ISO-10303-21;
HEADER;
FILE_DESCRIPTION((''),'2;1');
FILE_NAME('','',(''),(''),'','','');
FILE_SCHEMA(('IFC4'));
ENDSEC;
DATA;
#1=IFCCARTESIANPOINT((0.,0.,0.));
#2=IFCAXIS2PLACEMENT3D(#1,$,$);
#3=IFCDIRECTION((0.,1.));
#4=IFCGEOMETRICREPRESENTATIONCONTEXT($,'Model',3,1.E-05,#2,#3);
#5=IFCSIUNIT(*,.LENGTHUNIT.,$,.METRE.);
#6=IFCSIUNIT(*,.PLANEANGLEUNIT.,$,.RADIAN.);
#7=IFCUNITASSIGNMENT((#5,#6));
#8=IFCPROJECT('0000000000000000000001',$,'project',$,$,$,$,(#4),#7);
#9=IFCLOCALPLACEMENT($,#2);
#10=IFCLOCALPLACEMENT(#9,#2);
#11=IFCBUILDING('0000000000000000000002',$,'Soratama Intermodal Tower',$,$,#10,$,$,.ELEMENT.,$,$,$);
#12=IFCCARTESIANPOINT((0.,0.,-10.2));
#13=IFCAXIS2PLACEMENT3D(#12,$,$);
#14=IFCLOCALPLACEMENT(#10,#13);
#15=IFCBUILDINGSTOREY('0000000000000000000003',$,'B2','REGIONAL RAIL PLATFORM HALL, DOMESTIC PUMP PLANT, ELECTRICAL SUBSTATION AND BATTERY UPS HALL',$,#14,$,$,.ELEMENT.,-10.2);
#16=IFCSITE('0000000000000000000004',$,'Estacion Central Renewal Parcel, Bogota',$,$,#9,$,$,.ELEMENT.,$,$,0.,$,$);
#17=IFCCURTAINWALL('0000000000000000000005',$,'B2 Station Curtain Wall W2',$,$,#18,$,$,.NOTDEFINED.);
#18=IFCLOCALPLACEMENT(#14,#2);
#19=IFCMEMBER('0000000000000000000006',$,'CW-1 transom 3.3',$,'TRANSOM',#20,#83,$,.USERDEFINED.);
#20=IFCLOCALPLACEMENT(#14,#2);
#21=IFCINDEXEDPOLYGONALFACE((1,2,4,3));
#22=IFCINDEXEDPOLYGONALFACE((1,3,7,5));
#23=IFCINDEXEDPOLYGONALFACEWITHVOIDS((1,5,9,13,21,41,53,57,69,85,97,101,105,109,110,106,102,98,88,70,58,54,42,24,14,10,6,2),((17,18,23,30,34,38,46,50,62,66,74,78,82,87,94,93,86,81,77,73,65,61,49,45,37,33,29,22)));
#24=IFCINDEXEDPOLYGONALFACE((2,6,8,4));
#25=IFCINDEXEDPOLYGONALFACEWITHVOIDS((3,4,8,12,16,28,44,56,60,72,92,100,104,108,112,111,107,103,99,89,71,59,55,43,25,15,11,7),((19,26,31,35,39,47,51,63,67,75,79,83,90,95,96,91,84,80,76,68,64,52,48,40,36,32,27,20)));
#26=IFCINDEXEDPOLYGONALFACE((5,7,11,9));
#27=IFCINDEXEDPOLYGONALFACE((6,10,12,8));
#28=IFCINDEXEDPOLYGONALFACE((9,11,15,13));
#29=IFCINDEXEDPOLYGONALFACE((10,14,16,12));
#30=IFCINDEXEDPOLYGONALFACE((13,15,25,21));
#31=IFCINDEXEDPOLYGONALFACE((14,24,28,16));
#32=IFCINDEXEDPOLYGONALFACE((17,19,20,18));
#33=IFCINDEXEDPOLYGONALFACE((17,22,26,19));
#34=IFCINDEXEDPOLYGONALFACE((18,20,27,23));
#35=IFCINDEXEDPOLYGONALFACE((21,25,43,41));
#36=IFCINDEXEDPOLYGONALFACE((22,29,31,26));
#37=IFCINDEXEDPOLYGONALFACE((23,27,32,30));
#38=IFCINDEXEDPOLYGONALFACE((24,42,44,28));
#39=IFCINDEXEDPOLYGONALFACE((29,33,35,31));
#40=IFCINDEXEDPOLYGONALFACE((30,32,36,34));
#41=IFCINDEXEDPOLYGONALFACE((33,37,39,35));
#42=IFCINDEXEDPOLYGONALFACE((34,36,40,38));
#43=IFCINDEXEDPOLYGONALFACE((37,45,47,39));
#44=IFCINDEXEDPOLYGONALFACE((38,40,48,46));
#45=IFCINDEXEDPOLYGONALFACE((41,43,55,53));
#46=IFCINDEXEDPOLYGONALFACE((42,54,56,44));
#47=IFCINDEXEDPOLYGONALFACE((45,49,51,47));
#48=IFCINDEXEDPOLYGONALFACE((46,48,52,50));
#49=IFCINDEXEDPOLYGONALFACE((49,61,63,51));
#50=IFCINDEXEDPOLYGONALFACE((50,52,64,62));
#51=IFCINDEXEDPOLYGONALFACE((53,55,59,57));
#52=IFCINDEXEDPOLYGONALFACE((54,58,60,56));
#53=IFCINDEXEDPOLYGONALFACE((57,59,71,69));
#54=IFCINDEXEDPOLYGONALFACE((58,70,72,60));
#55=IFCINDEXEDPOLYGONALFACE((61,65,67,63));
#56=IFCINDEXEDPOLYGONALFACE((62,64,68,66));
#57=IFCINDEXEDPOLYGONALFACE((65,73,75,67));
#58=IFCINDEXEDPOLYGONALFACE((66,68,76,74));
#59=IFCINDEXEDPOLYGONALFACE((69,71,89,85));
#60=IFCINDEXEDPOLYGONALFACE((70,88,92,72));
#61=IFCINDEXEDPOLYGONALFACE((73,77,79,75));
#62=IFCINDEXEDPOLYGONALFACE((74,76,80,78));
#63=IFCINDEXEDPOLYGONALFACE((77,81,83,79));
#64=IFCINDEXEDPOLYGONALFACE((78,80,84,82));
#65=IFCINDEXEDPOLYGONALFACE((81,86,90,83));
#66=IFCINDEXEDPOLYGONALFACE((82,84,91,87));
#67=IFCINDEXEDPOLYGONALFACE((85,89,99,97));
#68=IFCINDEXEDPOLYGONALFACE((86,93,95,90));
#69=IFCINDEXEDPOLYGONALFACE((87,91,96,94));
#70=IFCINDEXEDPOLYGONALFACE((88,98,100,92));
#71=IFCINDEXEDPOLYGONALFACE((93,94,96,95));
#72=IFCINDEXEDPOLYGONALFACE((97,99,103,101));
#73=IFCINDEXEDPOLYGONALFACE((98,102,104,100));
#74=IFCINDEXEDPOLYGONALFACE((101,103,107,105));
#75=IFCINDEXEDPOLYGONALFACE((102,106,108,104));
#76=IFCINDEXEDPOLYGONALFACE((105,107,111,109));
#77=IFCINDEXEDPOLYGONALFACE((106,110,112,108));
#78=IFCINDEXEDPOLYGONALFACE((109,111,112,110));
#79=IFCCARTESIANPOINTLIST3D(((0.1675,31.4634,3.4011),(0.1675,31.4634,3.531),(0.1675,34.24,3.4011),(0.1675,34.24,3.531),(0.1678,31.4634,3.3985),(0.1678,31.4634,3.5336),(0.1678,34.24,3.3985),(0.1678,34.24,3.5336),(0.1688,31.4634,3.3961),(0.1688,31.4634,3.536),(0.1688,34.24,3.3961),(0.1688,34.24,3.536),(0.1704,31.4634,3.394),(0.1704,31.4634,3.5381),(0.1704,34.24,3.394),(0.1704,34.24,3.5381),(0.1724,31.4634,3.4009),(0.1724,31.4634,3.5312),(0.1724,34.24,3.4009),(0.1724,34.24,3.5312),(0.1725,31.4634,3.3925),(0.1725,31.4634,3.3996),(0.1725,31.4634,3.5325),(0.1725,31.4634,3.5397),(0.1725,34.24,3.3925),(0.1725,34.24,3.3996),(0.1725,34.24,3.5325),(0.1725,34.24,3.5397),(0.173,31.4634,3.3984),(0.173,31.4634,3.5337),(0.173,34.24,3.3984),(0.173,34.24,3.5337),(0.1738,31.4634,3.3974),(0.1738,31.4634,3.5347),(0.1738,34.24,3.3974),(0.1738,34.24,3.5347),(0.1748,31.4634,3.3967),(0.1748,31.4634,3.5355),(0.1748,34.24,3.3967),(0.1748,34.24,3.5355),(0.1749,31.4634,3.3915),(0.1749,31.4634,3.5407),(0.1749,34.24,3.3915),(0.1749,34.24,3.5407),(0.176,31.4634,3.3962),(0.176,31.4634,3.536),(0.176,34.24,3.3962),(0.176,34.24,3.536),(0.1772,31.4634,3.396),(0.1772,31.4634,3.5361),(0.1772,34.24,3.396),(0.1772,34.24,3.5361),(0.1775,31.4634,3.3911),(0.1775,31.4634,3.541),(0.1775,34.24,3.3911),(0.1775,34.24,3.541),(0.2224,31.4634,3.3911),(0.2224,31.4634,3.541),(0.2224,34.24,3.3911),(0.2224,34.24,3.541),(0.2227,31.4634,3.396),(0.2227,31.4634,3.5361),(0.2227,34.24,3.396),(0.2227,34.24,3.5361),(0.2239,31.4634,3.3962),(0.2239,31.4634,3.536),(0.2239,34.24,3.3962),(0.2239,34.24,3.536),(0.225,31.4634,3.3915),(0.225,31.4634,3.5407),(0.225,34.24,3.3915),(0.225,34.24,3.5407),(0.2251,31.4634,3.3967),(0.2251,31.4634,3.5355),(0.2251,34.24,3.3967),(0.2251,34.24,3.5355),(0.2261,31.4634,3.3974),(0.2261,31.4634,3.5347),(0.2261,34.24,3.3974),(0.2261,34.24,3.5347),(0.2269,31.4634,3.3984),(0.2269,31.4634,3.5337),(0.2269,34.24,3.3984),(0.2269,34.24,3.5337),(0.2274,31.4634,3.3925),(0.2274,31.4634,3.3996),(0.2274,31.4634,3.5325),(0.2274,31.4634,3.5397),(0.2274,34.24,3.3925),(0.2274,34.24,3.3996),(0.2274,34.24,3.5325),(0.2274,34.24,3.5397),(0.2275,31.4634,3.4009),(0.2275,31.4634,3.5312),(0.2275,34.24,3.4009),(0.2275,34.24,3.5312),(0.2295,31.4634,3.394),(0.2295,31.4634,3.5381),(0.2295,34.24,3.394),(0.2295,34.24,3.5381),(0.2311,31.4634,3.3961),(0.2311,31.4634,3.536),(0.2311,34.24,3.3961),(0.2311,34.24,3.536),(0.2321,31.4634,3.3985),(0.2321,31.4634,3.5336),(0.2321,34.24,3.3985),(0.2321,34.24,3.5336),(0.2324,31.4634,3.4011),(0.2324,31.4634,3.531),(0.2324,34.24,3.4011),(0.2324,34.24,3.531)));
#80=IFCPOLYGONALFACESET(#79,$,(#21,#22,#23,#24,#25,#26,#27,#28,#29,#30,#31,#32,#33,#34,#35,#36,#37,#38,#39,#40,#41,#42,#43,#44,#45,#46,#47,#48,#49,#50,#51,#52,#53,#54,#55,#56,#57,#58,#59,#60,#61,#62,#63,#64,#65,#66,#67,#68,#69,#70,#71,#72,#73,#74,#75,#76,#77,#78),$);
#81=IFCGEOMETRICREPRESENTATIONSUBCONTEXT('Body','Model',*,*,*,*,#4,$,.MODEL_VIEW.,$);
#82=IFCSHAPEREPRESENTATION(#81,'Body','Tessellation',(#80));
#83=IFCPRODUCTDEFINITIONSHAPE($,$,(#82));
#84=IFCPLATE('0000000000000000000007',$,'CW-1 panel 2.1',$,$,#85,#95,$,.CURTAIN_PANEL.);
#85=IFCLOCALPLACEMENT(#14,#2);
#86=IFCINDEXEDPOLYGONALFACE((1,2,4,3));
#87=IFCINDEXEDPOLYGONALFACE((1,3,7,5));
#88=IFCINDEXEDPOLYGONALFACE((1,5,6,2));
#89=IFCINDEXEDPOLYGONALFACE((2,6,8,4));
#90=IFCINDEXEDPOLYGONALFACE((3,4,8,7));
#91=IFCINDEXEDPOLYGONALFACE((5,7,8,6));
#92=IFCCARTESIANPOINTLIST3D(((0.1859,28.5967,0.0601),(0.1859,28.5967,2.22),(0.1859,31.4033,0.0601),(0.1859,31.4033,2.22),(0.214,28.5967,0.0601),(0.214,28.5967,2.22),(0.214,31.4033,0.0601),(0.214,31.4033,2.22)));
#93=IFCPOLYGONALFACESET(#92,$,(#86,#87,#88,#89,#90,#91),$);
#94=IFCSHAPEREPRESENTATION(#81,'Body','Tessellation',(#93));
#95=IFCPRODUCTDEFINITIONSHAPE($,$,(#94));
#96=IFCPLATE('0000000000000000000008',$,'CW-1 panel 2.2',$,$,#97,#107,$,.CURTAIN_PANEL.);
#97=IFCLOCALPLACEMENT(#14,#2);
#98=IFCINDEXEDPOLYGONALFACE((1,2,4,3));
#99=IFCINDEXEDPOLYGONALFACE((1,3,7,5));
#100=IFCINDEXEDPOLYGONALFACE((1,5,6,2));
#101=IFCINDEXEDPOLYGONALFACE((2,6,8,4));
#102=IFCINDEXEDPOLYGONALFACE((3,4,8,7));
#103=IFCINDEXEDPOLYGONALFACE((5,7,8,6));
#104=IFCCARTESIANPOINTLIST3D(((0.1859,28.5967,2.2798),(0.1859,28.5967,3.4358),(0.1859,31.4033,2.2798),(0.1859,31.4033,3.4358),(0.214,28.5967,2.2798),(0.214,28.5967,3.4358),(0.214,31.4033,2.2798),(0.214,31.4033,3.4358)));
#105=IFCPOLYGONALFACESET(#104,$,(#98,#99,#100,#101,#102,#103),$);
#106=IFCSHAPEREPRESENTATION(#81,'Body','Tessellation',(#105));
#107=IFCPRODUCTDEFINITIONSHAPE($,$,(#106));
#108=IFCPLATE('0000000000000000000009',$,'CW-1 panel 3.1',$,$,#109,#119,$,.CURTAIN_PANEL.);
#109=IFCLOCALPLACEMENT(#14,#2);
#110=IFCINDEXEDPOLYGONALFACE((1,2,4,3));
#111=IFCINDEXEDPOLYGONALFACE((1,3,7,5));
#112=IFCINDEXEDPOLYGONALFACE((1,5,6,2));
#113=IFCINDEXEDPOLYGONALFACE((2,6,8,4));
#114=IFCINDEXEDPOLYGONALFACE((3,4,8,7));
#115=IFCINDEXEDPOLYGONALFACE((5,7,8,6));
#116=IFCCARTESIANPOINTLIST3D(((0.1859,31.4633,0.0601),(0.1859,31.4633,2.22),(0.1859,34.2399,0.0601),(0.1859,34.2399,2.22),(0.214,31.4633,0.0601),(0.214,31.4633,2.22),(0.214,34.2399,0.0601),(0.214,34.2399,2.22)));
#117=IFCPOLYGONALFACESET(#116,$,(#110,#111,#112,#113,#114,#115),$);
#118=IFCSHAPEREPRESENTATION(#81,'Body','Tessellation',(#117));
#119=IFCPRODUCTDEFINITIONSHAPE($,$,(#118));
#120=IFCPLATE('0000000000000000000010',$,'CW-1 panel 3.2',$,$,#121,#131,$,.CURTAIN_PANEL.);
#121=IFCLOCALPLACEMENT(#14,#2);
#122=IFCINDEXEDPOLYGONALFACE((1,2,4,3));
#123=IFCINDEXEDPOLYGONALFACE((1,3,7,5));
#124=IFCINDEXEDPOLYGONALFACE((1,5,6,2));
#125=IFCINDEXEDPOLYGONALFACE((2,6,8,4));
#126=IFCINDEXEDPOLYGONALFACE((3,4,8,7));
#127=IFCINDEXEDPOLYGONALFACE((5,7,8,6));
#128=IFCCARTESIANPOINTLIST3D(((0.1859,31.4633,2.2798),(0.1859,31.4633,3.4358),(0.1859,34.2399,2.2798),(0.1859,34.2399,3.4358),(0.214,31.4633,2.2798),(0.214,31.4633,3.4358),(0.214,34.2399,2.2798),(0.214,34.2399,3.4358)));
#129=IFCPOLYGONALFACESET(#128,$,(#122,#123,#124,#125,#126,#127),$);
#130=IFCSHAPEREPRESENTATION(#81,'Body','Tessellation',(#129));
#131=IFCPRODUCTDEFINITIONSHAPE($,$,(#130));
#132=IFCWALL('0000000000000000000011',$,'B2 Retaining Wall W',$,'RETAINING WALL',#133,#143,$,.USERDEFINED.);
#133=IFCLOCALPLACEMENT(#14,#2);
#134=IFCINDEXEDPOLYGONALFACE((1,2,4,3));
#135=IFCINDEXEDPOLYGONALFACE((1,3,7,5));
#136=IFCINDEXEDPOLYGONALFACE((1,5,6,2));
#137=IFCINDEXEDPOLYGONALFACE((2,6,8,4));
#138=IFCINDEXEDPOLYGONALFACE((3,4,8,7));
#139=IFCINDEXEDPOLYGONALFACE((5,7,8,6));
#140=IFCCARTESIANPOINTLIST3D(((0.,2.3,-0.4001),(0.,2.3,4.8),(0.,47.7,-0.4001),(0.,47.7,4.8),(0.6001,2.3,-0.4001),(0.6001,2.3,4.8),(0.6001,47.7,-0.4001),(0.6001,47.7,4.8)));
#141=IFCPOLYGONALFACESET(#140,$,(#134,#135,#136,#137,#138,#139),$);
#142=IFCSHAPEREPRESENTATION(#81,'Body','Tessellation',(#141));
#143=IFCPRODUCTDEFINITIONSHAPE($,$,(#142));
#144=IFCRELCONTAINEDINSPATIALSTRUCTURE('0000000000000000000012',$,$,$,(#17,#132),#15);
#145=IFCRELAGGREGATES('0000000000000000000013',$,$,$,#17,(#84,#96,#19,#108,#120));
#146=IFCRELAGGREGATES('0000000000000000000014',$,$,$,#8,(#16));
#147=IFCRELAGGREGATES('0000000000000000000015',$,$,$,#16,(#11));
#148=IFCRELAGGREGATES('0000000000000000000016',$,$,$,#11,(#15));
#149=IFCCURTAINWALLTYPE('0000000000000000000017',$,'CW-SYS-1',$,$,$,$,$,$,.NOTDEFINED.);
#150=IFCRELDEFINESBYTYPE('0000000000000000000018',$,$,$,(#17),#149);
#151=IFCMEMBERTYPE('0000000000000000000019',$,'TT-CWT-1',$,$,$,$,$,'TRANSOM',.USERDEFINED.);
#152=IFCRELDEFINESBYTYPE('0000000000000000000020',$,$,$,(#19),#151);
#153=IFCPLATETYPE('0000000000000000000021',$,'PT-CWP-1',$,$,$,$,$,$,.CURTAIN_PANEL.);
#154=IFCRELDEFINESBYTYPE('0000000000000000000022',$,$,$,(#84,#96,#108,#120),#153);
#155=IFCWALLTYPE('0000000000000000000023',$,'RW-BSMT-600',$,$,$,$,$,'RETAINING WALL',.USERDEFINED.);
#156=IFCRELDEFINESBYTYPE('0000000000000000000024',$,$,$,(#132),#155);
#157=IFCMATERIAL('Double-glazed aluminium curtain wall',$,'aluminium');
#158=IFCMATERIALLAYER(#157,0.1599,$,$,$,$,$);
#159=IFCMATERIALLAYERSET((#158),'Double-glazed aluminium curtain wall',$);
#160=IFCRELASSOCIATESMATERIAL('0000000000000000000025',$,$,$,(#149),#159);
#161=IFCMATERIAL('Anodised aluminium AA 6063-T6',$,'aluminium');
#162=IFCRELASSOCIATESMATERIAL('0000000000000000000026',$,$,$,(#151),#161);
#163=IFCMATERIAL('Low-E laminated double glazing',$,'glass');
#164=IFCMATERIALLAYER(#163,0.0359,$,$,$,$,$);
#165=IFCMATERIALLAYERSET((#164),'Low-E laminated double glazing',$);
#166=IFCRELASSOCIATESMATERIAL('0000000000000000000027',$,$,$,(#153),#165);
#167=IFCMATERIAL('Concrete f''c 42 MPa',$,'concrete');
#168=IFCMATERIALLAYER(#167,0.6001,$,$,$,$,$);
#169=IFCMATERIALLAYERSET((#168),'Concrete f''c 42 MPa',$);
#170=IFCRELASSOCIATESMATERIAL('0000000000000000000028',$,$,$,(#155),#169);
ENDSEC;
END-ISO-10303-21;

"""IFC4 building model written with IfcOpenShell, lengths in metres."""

from ifc_helpers import new_model, si_unit, direction, frame, frame_2d, origin, origin_2d, place, context, subcontext, project, spatial, rectangle, hollow_rectangle, extrude, material, layer, layer_set, material_profile, profile_set, type_object, element, aggregate, save


model = new_model("IFC4")

# Units and contexts
model_context = context("Model", 3, precision=1e-05, world=origin(), true_north=direction((0.0, 1.0)))
body_context = subcontext(model_context, "Body", "Model", "MODEL_VIEW")
ifc_project = project(units=[si_unit("LENGTHUNIT", "METRE"), si_unit("PLANEANGLEUNIT", "RADIAN")], contexts=[model_context])

# Site, building, storey
site_placement = place(None, origin())
site = spatial("IfcSite", under=ifc_project, at=site_placement, Name="Estacion Central Renewal Parcel, Bogota", CompositionType="ELEMENT", RefElevation=0.0)
building_placement = place(site_placement, origin())
building = spatial("IfcBuilding", under=site, at=building_placement, Name="Soratama Intermodal Tower", CompositionType="ELEMENT")
storey_placement = place(building_placement, frame((0.0, 0.0, -10.2)))
storey = spatial("IfcBuildingStorey", under=building, at=storey_placement, Name="B2", Description="REGIONAL RAIL PLATFORM HALL, DOMESTIC PUMP PLANT, ELECTRICAL SUBSTATION AND BATTERY UPS HALL", CompositionType="ELEMENT", Elevation=-10.2)

# Curtain wall, member, plates
ifc_material_1 = material(Name="Double-glazed aluminium curtain wall", Category="aluminium")
ifc_layer_1 = layer(ifc_material_1, 0.1599)
ifc_layer_set_1 = layer_set([ifc_layer_1], Name="Double-glazed aluminium curtain wall")
curtain_wall_type = type_object("IfcCurtainWallType", Name="CW-SYS-1", PredefinedType="NOTDEFINED", material=ifc_layer_set_1)
curtain_wall_placement = place(storey_placement, origin())
curtain_wall = element("IfcCurtainWall", 1, at=curtain_wall_placement, inside=storey, type_object=curtain_wall_type, Name="B2 Station Curtain Wall W2", PredefinedType="NOTDEFINED")
ifc_material_2 = material(Name="Anodised aluminium AA 6063-T6", Category="aluminium")
ifc_material_profile_1 = material_profile(ifc_material_2, hollow_rectangle(XDim=0.0649, YDim=0.1499, WallThickness=0.0049, InnerFilletRadius=0.0049, OuterFilletRadius=0.01, at=origin_2d()), Name="CWT150X65X5")
ifc_profile_set_1 = profile_set([ifc_material_profile_1], Name="Anodised aluminium AA 6063-T6")
member_type_1 = type_object("IfcMemberType", Name="TT-CWT-1", ElementType="TRANSOM", PredefinedType="USERDEFINED", material=ifc_profile_set_1)
member_1_placement = place(storey_placement, frame((0.2, 31.4634, 3.4661), z_axis=(0.0, 1.0, 0.0), x_axis=(-1.0, 0.0, 0.0)))
member_1 = element("IfcMember", 2, at=member_1_placement, type_object=member_type_1, Name="CW-1 transom 3.3", ObjectType="TRANSOM", PredefinedType="USERDEFINED", context=body_context, shape_type="SweptSolid", body=[
    extrude(hollow_rectangle(XDim=0.0649, YDim=0.1499, WallThickness=0.0049, InnerFilletRadius=0.0049, OuterFilletRadius=0.01, at=origin_2d()), origin(), (0.0, 0.0, 1.0), 2.7766),
])
ifc_material_3 = material(Name="Low-E laminated double glazing", Category="glass")
ifc_layer_2 = layer(ifc_material_3, 0.0359)
ifc_layer_set_2 = layer_set([ifc_layer_2], Name="Low-E laminated double glazing")
plate_type = type_object("IfcPlateType", Name="PT-CWP-1", PredefinedType="CURTAIN_PANEL", material=ifc_layer_set_2)
plate_1_placement = place(storey_placement, frame((0.2, 30.0, 0.0601), z_axis=(0.0, 0.0, 1.0), x_axis=(0.0, 1.0, 0.0)))
plate_1 = element("IfcPlate", 3, at=plate_1_placement, type_object=plate_type, Name="CW-1 panel 2.1", PredefinedType="CURTAIN_PANEL", context=body_context, shape_type="SweptSolid", body=[
    extrude(rectangle(XDim=2.8066, YDim=0.0281, at=origin_2d()), origin(), (0.0, 0.0, 1.0), 2.1599),
])
plate_2_placement = place(storey_placement, frame((0.2, 30.0, 2.2798), z_axis=(0.0, 0.0, 1.0), x_axis=(0.0, 1.0, 0.0)))
plate_2 = element("IfcPlate", 4, at=plate_2_placement, type_object=plate_type, Name="CW-1 panel 2.2", PredefinedType="CURTAIN_PANEL", context=body_context, shape_type="SweptSolid", body=[
    extrude(rectangle(XDim=2.8066, YDim=0.0281, at=origin_2d()), origin(), (0.0, 0.0, 1.0), 1.156),
])
plate_3_placement = place(storey_placement, frame((0.2, 32.8516, 0.0601), z_axis=(0.0, 0.0, 1.0), x_axis=(0.0, 1.0, 0.0)))
plate_3 = element("IfcPlate", 5, at=plate_3_placement, type_object=plate_type, Name="CW-1 panel 3.1", PredefinedType="CURTAIN_PANEL", context=body_context, shape_type="SweptSolid", body=[
    extrude(rectangle(XDim=2.7766, YDim=0.0281, at=origin_2d()), origin(), (0.0, 0.0, 1.0), 2.1599),
])
plate_4_placement = place(storey_placement, frame((0.2, 32.8516, 2.2798), z_axis=(0.0, 0.0, 1.0), x_axis=(0.0, 1.0, 0.0)))
plate_4 = element("IfcPlate", 6, at=plate_4_placement, type_object=plate_type, Name="CW-1 panel 3.2", PredefinedType="CURTAIN_PANEL", context=body_context, shape_type="SweptSolid", body=[
    extrude(rectangle(XDim=2.7766, YDim=0.0281, at=origin_2d()), origin(), (0.0, 0.0, 1.0), 1.156),
])
aggregate(curtain_wall, [plate_1, plate_2, member_1, plate_3, plate_4])

# Wall
ifc_material_4 = material(Name="Concrete f'c 42 MPa", Category="concrete")
ifc_layer_3 = layer(ifc_material_4, 0.6001)
ifc_layer_set_3 = layer_set([ifc_layer_3], Name="Concrete f'c 42 MPa")
wall_type = type_object("IfcWallType", Name="RW-BSMT-600", ElementType="RETAINING WALL", PredefinedType="USERDEFINED", material=ifc_layer_set_3)
wall_placement = place(storey_placement, frame((0.3, 47.7, -0.4001), z_axis=(0.0, 0.0, 1.0), x_axis=(0.0, -1.0, 0.0)))
element("IfcWall", 7, at=wall_placement, inside=storey, type_object=wall_type, Name="B2 Retaining Wall W", ObjectType="RETAINING WALL", PredefinedType="USERDEFINED", context=body_context, shape_type="SweptSolid", body=[
    extrude(rectangle(XDim=45.3999, YDim=0.6001, at=frame_2d((22.7, 0.0))), origin(), (0.0, 0.0, 1.0), 5.2002),
])

save(model, "model.ifc")
